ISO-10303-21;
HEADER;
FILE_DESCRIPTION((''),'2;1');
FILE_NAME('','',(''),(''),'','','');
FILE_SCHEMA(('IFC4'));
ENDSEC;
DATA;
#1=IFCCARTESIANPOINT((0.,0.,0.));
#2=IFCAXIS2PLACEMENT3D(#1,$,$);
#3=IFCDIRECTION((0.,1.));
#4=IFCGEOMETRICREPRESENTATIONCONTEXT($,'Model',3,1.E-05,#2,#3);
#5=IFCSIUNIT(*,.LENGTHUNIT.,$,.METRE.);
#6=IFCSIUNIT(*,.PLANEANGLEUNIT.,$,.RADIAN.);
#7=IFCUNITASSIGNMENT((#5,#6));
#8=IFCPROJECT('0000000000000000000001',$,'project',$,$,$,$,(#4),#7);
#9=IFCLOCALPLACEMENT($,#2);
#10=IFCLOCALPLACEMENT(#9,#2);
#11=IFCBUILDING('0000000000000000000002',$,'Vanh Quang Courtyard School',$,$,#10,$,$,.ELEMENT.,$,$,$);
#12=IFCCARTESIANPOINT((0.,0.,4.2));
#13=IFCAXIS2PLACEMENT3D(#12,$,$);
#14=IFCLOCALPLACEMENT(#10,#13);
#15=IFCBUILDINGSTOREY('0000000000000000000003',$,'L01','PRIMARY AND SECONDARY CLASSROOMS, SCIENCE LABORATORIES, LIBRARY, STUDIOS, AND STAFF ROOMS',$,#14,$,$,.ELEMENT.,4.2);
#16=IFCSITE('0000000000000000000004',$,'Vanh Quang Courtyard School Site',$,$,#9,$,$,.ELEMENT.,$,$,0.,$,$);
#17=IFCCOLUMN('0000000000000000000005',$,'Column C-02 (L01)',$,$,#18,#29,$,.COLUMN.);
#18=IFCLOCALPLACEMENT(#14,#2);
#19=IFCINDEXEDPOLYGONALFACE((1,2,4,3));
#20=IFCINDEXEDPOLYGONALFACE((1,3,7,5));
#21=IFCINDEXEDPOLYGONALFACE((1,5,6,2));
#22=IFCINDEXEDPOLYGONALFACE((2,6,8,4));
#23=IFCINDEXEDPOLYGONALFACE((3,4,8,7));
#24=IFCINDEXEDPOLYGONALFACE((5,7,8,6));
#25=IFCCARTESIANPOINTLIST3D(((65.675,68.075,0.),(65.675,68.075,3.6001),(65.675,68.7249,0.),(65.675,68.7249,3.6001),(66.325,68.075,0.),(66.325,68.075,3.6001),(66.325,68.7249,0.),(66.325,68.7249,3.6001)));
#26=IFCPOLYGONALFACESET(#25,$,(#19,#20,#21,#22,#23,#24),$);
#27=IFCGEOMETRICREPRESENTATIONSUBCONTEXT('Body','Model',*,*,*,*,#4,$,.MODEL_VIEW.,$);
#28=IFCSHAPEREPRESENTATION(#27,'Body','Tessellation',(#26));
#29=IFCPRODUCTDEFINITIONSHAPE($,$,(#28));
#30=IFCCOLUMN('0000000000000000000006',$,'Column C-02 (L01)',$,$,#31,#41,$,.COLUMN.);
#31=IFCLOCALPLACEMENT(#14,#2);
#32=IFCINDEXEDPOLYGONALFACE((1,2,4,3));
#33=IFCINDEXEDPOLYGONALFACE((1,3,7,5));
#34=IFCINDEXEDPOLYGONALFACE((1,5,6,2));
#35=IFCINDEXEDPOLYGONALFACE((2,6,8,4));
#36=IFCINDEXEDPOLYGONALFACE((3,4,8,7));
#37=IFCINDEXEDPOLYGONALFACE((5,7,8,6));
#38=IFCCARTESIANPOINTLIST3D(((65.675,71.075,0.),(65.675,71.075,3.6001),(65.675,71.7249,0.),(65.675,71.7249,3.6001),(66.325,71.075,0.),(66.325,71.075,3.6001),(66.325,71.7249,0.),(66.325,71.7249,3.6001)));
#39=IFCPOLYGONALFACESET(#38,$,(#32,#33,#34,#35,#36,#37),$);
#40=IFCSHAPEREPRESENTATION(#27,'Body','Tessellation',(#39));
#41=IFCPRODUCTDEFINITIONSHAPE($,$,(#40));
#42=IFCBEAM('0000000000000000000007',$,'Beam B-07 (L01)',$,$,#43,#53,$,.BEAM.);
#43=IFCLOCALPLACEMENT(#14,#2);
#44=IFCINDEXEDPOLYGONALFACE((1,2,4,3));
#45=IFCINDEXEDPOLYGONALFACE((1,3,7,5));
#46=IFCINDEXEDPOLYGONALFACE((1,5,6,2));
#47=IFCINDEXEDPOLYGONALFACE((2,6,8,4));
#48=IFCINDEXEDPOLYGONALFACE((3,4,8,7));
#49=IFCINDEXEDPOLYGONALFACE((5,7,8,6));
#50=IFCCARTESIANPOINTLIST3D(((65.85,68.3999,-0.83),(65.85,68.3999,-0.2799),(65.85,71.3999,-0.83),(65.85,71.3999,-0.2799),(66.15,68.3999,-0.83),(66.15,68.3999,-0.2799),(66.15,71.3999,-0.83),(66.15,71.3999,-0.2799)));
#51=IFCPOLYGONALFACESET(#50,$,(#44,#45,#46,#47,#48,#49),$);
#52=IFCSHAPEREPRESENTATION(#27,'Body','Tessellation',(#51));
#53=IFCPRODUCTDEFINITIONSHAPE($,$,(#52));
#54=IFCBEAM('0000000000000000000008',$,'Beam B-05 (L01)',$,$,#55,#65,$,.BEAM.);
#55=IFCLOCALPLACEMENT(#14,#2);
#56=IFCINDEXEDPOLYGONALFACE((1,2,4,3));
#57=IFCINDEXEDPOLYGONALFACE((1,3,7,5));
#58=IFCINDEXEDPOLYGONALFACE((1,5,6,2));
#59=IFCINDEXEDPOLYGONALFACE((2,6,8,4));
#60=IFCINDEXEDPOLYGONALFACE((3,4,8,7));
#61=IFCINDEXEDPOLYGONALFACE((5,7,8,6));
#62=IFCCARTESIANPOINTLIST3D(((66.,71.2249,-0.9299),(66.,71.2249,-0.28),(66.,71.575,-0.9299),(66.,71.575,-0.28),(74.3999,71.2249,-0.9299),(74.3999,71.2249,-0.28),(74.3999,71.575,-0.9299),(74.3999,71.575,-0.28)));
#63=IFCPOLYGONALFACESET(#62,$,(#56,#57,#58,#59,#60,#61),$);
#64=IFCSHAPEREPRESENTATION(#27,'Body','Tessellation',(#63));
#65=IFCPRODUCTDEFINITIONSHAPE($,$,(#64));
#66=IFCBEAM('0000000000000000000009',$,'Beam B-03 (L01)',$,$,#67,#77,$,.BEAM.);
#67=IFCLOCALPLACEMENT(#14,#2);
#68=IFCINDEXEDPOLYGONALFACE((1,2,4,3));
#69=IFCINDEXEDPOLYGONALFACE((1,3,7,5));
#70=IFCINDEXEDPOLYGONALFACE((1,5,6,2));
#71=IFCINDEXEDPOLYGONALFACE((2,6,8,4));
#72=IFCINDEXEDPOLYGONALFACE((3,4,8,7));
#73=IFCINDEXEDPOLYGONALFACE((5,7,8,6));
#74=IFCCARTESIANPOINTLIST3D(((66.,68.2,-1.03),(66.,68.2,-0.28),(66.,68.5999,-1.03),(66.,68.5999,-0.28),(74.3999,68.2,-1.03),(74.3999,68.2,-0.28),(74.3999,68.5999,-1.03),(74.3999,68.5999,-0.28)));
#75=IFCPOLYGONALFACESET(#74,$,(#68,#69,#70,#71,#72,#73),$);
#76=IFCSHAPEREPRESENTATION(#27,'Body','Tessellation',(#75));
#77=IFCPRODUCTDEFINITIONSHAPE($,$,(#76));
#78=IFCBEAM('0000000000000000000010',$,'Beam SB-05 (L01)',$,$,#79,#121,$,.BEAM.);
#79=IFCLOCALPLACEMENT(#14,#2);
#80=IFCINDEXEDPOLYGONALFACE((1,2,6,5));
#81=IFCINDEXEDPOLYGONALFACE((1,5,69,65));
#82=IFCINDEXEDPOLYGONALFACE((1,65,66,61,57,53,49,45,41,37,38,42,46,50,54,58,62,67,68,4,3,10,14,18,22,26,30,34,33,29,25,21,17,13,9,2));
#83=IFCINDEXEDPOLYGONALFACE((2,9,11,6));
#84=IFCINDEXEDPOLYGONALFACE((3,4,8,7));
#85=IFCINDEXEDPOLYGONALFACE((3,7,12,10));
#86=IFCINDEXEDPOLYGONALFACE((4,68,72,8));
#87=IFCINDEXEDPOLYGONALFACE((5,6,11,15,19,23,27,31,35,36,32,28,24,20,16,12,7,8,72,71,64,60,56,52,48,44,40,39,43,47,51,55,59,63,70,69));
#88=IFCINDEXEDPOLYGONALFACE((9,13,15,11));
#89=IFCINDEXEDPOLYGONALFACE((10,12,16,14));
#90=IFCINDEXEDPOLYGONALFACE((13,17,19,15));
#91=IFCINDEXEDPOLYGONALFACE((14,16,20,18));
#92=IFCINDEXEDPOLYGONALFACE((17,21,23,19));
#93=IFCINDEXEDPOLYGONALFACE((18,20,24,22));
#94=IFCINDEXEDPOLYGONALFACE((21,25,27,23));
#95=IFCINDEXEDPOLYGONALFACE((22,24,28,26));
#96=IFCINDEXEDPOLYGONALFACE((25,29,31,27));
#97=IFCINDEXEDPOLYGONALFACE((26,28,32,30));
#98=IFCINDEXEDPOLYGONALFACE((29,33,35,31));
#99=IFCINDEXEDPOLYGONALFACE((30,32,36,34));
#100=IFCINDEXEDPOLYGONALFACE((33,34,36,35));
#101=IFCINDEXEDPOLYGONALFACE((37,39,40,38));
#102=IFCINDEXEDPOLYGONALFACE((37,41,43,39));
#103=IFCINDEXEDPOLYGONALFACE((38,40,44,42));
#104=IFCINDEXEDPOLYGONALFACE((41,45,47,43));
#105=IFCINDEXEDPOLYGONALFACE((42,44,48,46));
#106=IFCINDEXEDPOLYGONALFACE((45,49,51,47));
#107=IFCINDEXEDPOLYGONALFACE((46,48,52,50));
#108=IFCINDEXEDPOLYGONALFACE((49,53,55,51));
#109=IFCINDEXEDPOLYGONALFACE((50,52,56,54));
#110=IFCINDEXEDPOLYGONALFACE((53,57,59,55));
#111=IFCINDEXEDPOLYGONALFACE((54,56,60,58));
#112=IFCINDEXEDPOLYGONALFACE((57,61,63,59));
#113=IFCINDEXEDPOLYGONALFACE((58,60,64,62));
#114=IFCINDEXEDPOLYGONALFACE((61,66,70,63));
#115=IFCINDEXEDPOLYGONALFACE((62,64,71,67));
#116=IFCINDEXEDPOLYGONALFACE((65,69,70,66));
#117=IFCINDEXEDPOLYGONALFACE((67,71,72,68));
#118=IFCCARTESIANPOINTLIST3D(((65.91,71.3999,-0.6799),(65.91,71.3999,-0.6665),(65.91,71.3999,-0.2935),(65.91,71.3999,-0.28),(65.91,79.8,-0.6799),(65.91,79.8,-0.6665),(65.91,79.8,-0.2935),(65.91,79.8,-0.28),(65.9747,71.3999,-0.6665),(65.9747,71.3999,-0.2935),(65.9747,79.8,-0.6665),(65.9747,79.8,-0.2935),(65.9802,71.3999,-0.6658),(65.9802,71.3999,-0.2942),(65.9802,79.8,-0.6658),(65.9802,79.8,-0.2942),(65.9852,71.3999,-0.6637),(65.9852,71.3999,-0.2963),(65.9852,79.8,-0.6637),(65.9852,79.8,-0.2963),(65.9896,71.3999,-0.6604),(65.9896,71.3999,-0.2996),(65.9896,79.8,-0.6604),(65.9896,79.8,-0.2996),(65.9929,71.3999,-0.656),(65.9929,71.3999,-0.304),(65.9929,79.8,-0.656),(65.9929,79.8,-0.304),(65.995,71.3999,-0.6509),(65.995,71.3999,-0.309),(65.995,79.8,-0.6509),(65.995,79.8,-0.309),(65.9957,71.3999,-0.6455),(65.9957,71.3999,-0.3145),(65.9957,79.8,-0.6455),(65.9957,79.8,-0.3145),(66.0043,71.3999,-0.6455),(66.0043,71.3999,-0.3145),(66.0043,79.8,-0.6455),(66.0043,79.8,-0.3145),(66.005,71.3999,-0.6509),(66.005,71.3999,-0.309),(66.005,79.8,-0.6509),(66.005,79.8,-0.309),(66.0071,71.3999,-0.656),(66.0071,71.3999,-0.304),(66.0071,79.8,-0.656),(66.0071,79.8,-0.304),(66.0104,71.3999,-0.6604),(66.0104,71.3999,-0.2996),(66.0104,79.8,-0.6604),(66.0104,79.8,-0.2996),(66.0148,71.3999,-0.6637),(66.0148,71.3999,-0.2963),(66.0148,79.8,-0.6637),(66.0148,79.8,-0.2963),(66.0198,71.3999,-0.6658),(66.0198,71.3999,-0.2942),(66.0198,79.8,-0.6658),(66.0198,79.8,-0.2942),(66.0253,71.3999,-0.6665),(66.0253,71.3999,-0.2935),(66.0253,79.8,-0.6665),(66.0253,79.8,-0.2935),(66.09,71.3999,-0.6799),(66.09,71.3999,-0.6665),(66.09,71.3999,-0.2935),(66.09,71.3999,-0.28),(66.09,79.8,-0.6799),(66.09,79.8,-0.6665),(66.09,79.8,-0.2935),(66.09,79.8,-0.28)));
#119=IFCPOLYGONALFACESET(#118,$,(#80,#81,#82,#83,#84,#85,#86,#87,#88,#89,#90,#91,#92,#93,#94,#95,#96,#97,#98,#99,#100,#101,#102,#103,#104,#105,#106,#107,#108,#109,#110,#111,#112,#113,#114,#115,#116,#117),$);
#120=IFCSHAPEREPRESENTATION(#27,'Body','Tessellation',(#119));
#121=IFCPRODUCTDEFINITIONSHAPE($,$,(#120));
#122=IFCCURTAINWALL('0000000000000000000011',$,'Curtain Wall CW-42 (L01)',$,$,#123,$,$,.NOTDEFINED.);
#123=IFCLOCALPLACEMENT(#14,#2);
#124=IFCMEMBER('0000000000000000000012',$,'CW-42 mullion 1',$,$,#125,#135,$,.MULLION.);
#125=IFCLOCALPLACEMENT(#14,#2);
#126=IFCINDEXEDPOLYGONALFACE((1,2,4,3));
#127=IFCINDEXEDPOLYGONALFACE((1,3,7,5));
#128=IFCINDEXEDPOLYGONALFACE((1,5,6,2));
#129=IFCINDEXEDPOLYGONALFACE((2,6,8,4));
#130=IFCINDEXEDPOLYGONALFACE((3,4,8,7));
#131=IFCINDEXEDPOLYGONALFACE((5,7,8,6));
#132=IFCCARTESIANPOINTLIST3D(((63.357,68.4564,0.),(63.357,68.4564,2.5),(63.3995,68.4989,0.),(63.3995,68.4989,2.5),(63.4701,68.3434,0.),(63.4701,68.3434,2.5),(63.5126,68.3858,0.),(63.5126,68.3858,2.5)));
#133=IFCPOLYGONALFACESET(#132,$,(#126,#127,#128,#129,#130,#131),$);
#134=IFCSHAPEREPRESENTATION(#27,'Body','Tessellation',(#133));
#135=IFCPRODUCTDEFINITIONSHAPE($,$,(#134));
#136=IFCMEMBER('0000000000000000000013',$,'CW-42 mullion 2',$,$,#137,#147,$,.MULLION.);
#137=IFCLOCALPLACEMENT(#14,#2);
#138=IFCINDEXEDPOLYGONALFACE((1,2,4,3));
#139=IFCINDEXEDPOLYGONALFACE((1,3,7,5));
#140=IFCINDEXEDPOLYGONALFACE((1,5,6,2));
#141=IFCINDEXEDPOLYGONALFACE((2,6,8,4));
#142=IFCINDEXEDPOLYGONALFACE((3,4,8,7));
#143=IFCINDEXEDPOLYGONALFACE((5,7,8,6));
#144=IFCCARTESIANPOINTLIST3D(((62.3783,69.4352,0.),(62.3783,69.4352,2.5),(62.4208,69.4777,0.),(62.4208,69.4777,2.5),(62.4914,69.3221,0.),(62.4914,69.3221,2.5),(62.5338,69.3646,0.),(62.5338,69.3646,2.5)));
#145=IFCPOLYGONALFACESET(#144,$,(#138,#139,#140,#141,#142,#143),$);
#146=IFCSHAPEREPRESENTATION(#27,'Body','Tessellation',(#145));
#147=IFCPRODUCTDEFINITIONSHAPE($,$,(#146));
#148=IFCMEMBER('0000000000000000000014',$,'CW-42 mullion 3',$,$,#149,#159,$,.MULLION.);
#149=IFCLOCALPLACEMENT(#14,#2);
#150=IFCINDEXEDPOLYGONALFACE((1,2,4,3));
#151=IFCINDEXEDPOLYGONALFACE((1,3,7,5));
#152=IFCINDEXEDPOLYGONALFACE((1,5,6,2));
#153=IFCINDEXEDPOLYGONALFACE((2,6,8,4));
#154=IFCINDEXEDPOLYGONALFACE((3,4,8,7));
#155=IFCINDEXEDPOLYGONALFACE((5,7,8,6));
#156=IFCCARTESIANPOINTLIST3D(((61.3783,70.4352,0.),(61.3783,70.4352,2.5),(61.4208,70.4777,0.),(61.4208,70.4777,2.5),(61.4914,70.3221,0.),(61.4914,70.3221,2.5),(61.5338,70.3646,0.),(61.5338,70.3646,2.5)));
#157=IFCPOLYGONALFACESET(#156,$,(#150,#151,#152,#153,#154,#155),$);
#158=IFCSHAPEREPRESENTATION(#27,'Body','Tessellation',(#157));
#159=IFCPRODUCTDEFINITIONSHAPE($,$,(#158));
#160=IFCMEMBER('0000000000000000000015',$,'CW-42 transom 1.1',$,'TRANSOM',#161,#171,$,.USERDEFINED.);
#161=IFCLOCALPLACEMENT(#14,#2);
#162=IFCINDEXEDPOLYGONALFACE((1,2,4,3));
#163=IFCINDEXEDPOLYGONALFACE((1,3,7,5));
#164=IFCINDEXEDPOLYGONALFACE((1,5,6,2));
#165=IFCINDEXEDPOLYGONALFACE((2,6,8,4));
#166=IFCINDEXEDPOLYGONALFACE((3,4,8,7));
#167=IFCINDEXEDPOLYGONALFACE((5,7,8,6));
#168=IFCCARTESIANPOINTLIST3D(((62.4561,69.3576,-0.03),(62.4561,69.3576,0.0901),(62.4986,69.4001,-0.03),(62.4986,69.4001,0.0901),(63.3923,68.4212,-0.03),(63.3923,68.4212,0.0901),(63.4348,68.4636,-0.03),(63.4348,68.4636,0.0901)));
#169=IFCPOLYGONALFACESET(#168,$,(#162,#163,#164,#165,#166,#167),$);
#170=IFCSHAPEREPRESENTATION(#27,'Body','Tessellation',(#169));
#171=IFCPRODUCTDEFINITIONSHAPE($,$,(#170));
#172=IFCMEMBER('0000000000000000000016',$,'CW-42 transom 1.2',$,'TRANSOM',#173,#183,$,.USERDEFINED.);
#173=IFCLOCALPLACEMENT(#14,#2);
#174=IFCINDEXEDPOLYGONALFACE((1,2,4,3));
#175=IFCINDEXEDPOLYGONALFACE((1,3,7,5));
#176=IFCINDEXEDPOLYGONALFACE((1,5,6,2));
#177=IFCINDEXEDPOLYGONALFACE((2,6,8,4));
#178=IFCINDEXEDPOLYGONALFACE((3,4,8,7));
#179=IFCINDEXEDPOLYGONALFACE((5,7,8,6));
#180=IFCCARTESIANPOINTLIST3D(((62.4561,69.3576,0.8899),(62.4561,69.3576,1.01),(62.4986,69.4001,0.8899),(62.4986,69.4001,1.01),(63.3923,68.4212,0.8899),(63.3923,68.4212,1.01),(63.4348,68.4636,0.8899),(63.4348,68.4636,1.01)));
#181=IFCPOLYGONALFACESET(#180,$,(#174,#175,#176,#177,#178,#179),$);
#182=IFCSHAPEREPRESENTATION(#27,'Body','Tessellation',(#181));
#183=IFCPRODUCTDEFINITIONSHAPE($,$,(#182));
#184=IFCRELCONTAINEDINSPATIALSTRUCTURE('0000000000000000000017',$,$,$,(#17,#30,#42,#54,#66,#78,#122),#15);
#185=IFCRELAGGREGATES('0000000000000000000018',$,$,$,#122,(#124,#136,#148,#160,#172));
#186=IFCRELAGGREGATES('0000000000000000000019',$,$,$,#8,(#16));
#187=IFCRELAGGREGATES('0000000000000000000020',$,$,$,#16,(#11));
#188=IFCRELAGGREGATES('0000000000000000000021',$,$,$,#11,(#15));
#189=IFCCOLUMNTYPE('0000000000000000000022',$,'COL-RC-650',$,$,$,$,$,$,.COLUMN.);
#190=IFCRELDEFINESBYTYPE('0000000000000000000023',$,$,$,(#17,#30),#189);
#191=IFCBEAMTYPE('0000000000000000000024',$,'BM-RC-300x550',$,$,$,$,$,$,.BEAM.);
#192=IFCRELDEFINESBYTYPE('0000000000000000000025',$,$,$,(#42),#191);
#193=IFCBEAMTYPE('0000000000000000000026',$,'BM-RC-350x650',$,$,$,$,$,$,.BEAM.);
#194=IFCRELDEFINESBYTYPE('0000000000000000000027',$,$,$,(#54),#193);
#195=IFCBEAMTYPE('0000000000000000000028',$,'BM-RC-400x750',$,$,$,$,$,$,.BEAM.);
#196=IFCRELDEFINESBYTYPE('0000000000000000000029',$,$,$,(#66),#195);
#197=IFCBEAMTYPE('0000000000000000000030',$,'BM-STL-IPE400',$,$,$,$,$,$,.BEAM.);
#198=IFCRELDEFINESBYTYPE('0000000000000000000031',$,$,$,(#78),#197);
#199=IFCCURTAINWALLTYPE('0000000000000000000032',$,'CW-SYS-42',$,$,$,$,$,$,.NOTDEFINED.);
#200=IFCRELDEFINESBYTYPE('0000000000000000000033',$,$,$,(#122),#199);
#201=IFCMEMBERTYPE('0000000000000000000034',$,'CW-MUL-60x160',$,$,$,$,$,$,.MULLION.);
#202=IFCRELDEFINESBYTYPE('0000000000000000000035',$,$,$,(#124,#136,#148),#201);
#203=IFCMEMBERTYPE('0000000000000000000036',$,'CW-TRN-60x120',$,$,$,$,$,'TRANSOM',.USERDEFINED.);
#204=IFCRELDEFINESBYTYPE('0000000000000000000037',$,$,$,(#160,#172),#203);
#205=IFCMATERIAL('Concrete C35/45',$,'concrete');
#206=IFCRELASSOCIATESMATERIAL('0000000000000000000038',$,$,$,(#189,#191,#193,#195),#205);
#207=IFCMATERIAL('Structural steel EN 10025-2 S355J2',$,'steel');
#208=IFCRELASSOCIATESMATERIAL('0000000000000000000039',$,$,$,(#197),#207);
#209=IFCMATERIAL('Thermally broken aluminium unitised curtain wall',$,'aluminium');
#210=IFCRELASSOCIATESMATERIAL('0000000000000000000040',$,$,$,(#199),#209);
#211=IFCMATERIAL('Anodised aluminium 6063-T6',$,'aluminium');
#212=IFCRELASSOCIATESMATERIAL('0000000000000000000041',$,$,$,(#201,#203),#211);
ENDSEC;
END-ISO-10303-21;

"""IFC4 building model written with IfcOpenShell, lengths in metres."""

from ifc_helpers import new_model, si_unit, direction, frame, origin, origin_2d, place, context, subcontext, project, spatial, rectangle, i_section, extrude, material, material_profile, profile_set, type_object, element, aggregate, save


model = new_model("IFC4")

# Units and contexts
model_context = context("Model", 3, precision=1e-05, world=origin(), true_north=direction((0.0, 1.0)))
body_context = subcontext(model_context, "Body", "Model", "MODEL_VIEW")
ifc_project = project(units=[si_unit("LENGTHUNIT", "METRE"), si_unit("PLANEANGLEUNIT", "RADIAN")], contexts=[model_context])

# Site, building, storey
site_placement = place(None, origin())
site = spatial("IfcSite", under=ifc_project, at=site_placement, Name="Vanh Quang Courtyard School Site", CompositionType="ELEMENT", RefElevation=0.0)
building_placement = place(site_placement, origin())
building = spatial("IfcBuilding", under=site, at=building_placement, Name="Vanh Quang Courtyard School", CompositionType="ELEMENT")
storey_placement = place(building_placement, frame((0.0, 0.0, 4.2)))
storey = spatial("IfcBuildingStorey", under=building, at=storey_placement, Name="L01", Description="PRIMARY AND SECONDARY CLASSROOMS, SCIENCE LABORATORIES, LIBRARY, STUDIOS, AND STAFF ROOMS", CompositionType="ELEMENT", Elevation=4.2)

# Columns
ifc_material_1 = material(Name="Concrete C35/45", Category="concrete")
ifc_material_profile_1 = material_profile(ifc_material_1, rectangle(XDim=0.6499, YDim=0.6499, at=origin_2d()), Name="RC-COL 650x650")
ifc_profile_set_1 = profile_set([ifc_material_profile_1], Name="Concrete C35/45")
column_type = type_object("IfcColumnType", Name="COL-RC-650", PredefinedType="COLUMN", material=ifc_profile_set_1)
for number, where, z_axis, x_axis, name in (
    (1, (66.0, 68.3999, 0.0), (0.0, 0.0, 1.0), (1.0, 0.0, 0.0), "Column C-02 (L01)"),
    (2, (66.0, 71.3999, 0.0), (0.0, 0.0, 1.0), (1.0, 0.0, 0.0), "Column C-02 (L01)"),
):
    element("IfcColumn", number, at=place(storey_placement, frame(where, z_axis=z_axis, x_axis=x_axis)), inside=storey, type_object=column_type, Name=name, PredefinedType="COLUMN", context=body_context, shape_type="SweptSolid", body=[
        extrude(rectangle(XDim=0.6499, YDim=0.6499, at=origin_2d()), origin(), (0.0, 0.0, 1.0), 3.6001),
    ])

# Beams
ifc_material_profile_2 = material_profile(ifc_material_1, rectangle(XDim=0.3, YDim=0.55, at=origin_2d()), Name="RC-BM 300x550")
ifc_profile_set_2 = profile_set([ifc_material_profile_2], Name="Concrete C35/45")
beam_type_1 = type_object("IfcBeamType", Name="BM-RC-300x550", PredefinedType="BEAM", material=ifc_profile_set_2)
beam_1_placement = place(storey_placement, frame((66.0, 68.3999, -0.5549), z_axis=(0.0, 1.0, 0.0), x_axis=(-1.0, 0.0, 0.0)))
element("IfcBeam", 3, at=beam_1_placement, inside=storey, type_object=beam_type_1, Name="Beam B-07 (L01)", PredefinedType="BEAM", context=body_context, shape_type="SweptSolid", body=[
    extrude(rectangle(XDim=0.3, YDim=0.55, at=origin_2d()), origin(), (0.0, 0.0, 1.0), 3.0),
])
ifc_material_profile_3 = material_profile(ifc_material_1, rectangle(XDim=0.3501, YDim=0.6499, at=origin_2d()), Name="RC-BM 350x650")
ifc_profile_set_3 = profile_set([ifc_material_profile_3], Name="Concrete C35/45")
beam_type_2 = type_object("IfcBeamType", Name="BM-RC-350x650", PredefinedType="BEAM", material=ifc_profile_set_3)
beam_2_placement = place(storey_placement, frame((66.0, 71.3999, -0.605), z_axis=(1.0, 0.0, 0.0), x_axis=(0.0, 1.0, 0.0)))
element("IfcBeam", 4, at=beam_2_placement, inside=storey, type_object=beam_type_2, Name="Beam B-05 (L01)", PredefinedType="BEAM", context=body_context, shape_type="SweptSolid", body=[
    extrude(rectangle(XDim=0.3501, YDim=0.6499, at=origin_2d()), origin(), (0.0, 0.0, 1.0), 8.3999),
])
ifc_material_profile_4 = material_profile(ifc_material_1, rectangle(XDim=0.3999, YDim=0.75, at=origin_2d()), Name="RC-BM 400x750")
ifc_profile_set_4 = profile_set([ifc_material_profile_4], Name="Concrete C35/45")
beam_type_3 = type_object("IfcBeamType", Name="BM-RC-400x750", PredefinedType="BEAM", material=ifc_profile_set_4)
beam_3_placement = place(storey_placement, frame((66.0, 68.3999, -0.655), z_axis=(1.0, 0.0, 0.0), x_axis=(0.0, 1.0, 0.0)))
element("IfcBeam", 5, at=beam_3_placement, inside=storey, type_object=beam_type_3, Name="Beam B-03 (L01)", PredefinedType="BEAM", context=body_context, shape_type="SweptSolid", body=[
    extrude(rectangle(XDim=0.3999, YDim=0.75, at=origin_2d()), origin(), (0.0, 0.0, 1.0), 8.3999),
])
ifc_material_2 = material(Name="Structural steel EN 10025-2 S355J2", Category="steel")
ifc_material_profile_5 = material_profile(ifc_material_2, i_section(OverallWidth=0.1799, OverallDepth=0.3999, WebThickness=0.0085, FlangeThickness=0.0134, FilletRadius=0.021, at=origin_2d()), Name="IPE 400")
ifc_profile_set_5 = profile_set([ifc_material_profile_5], Name="Structural steel EN 10025-2 S355J2")
beam_type_4 = type_object("IfcBeamType", Name="BM-STL-IPE400", PredefinedType="BEAM", material=ifc_profile_set_5)
beam_4_placement = place(storey_placement, frame((66.0, 71.3999, -0.48), z_axis=(0.0, 1.0, 0.0), x_axis=(-1.0, 0.0, 0.0)))
element("IfcBeam", 6, at=beam_4_placement, inside=storey, type_object=beam_type_4, Name="Beam SB-05 (L01)", PredefinedType="BEAM", context=body_context, shape_type="SweptSolid", body=[
    extrude(i_section(OverallWidth=0.1799, OverallDepth=0.3999, WebThickness=0.0085, FlangeThickness=0.0134, FilletRadius=0.021, at=origin_2d()), origin(), (0.0, 0.0, 1.0), 8.4001),
])

# Curtain wall, members
ifc_material_3 = material(Name="Thermally broken aluminium unitised curtain wall", Category="aluminium")
curtain_wall_type = type_object("IfcCurtainWallType", Name="CW-SYS-42", PredefinedType="NOTDEFINED", material=ifc_material_3)
curtain_wall_placement = place(storey_placement, origin())
curtain_wall = element("IfcCurtainWall", 7, at=curtain_wall_placement, inside=storey, type_object=curtain_wall_type, Name="Curtain Wall CW-42 (L01)", PredefinedType="NOTDEFINED")
ifc_material_4 = material(Name="Anodised aluminium 6063-T6", Category="aluminium")
ifc_material_profile_6 = material_profile(ifc_material_4, rectangle(XDim=0.0601, YDim=0.1599, at=origin_2d()), Name="ALU-MUL 60x160")
ifc_profile_set_6 = profile_set([ifc_material_profile_6], Name="Anodised aluminium 6063-T6")
member_type_1 = type_object("IfcMemberType", Name="CW-MUL-60x160", PredefinedType="MULLION", material=ifc_profile_set_6)
member_1_placement = place(storey_placement, frame((63.4348, 68.4211, 0.0), z_axis=(0.0, 0.0, 1.0), x_axis=(-0.707107, -0.707107, 0.0)))
member_1 = element("IfcMember", 8, at=member_1_placement, type_object=member_type_1, Name="CW-42 mullion 1", PredefinedType="MULLION", context=body_context, shape_type="SweptSolid", body=[
    extrude(rectangle(XDim=0.0601, YDim=0.1599, at=origin_2d()), origin(), (0.0, 0.0, 1.0), 2.5),
])
member_2_placement = place(storey_placement, frame((62.4561, 69.3999, 0.0), z_axis=(0.0, 0.0, 1.0), x_axis=(-0.707107, -0.707107, 0.0)))
member_2 = element("IfcMember", 9, at=member_2_placement, type_object=member_type_1, Name="CW-42 mullion 2", PredefinedType="MULLION", context=body_context, shape_type="SweptSolid", body=[
    extrude(rectangle(XDim=0.0601, YDim=0.1599, at=origin_2d()), origin(), (0.0, 0.0, 1.0), 2.5),
])
member_3_placement = place(storey_placement, frame((61.4561, 70.3999, 0.0), z_axis=(0.0, 0.0, 1.0), x_axis=(-0.707107, -0.707107, 0.0)))
member_3 = element("IfcMember", 10, at=member_3_placement, type_object=member_type_1, Name="CW-42 mullion 3", PredefinedType="MULLION", context=body_context, shape_type="SweptSolid", body=[
    extrude(rectangle(XDim=0.0601, YDim=0.1599, at=origin_2d()), origin(), (0.0, 0.0, 1.0), 2.5),
])
ifc_material_profile_7 = material_profile(ifc_material_4, rectangle(XDim=0.0601, YDim=0.1201, at=origin_2d()), Name="ALU-TRN 60x120")
ifc_profile_set_7 = profile_set([ifc_material_profile_7], Name="Anodised aluminium 6063-T6")
member_type_2 = type_object("IfcMemberType", Name="CW-TRN-60x120", ElementType="TRANSOM", PredefinedType="USERDEFINED", material=ifc_profile_set_7)
member_4_placement = place(storey_placement, frame((63.4136, 68.4424, 0.03), z_axis=(-0.707015, 0.707199, 0.0), x_axis=(-0.707199, -0.707015, 0.0)))
member_4 = element("IfcMember", 11, at=member_4_placement, type_object=member_type_2, Name="CW-42 transom 1.1", ObjectType="TRANSOM", PredefinedType="USERDEFINED", context=body_context, shape_type="SweptSolid", body=[
    extrude(rectangle(XDim=0.0601, YDim=0.1201, at=origin_2d()), origin(), (0.0, 0.0, 1.0), 1.3242),
])
member_5_placement = place(storey_placement, frame((63.4136, 68.4424, 0.95), z_axis=(-0.707015, 0.707199, 0.0), x_axis=(-0.707199, -0.707015, 0.0)))
member_5 = element("IfcMember", 12, at=member_5_placement, type_object=member_type_2, Name="CW-42 transom 1.2", ObjectType="TRANSOM", PredefinedType="USERDEFINED", context=body_context, shape_type="SweptSolid", body=[
    extrude(rectangle(XDim=0.0601, YDim=0.1201, at=origin_2d()), origin(), (0.0, 0.0, 1.0), 1.3242),
])
aggregate(curtain_wall, [member_1, member_2, member_3, member_4, member_5])

save(model, "model.ifc")
